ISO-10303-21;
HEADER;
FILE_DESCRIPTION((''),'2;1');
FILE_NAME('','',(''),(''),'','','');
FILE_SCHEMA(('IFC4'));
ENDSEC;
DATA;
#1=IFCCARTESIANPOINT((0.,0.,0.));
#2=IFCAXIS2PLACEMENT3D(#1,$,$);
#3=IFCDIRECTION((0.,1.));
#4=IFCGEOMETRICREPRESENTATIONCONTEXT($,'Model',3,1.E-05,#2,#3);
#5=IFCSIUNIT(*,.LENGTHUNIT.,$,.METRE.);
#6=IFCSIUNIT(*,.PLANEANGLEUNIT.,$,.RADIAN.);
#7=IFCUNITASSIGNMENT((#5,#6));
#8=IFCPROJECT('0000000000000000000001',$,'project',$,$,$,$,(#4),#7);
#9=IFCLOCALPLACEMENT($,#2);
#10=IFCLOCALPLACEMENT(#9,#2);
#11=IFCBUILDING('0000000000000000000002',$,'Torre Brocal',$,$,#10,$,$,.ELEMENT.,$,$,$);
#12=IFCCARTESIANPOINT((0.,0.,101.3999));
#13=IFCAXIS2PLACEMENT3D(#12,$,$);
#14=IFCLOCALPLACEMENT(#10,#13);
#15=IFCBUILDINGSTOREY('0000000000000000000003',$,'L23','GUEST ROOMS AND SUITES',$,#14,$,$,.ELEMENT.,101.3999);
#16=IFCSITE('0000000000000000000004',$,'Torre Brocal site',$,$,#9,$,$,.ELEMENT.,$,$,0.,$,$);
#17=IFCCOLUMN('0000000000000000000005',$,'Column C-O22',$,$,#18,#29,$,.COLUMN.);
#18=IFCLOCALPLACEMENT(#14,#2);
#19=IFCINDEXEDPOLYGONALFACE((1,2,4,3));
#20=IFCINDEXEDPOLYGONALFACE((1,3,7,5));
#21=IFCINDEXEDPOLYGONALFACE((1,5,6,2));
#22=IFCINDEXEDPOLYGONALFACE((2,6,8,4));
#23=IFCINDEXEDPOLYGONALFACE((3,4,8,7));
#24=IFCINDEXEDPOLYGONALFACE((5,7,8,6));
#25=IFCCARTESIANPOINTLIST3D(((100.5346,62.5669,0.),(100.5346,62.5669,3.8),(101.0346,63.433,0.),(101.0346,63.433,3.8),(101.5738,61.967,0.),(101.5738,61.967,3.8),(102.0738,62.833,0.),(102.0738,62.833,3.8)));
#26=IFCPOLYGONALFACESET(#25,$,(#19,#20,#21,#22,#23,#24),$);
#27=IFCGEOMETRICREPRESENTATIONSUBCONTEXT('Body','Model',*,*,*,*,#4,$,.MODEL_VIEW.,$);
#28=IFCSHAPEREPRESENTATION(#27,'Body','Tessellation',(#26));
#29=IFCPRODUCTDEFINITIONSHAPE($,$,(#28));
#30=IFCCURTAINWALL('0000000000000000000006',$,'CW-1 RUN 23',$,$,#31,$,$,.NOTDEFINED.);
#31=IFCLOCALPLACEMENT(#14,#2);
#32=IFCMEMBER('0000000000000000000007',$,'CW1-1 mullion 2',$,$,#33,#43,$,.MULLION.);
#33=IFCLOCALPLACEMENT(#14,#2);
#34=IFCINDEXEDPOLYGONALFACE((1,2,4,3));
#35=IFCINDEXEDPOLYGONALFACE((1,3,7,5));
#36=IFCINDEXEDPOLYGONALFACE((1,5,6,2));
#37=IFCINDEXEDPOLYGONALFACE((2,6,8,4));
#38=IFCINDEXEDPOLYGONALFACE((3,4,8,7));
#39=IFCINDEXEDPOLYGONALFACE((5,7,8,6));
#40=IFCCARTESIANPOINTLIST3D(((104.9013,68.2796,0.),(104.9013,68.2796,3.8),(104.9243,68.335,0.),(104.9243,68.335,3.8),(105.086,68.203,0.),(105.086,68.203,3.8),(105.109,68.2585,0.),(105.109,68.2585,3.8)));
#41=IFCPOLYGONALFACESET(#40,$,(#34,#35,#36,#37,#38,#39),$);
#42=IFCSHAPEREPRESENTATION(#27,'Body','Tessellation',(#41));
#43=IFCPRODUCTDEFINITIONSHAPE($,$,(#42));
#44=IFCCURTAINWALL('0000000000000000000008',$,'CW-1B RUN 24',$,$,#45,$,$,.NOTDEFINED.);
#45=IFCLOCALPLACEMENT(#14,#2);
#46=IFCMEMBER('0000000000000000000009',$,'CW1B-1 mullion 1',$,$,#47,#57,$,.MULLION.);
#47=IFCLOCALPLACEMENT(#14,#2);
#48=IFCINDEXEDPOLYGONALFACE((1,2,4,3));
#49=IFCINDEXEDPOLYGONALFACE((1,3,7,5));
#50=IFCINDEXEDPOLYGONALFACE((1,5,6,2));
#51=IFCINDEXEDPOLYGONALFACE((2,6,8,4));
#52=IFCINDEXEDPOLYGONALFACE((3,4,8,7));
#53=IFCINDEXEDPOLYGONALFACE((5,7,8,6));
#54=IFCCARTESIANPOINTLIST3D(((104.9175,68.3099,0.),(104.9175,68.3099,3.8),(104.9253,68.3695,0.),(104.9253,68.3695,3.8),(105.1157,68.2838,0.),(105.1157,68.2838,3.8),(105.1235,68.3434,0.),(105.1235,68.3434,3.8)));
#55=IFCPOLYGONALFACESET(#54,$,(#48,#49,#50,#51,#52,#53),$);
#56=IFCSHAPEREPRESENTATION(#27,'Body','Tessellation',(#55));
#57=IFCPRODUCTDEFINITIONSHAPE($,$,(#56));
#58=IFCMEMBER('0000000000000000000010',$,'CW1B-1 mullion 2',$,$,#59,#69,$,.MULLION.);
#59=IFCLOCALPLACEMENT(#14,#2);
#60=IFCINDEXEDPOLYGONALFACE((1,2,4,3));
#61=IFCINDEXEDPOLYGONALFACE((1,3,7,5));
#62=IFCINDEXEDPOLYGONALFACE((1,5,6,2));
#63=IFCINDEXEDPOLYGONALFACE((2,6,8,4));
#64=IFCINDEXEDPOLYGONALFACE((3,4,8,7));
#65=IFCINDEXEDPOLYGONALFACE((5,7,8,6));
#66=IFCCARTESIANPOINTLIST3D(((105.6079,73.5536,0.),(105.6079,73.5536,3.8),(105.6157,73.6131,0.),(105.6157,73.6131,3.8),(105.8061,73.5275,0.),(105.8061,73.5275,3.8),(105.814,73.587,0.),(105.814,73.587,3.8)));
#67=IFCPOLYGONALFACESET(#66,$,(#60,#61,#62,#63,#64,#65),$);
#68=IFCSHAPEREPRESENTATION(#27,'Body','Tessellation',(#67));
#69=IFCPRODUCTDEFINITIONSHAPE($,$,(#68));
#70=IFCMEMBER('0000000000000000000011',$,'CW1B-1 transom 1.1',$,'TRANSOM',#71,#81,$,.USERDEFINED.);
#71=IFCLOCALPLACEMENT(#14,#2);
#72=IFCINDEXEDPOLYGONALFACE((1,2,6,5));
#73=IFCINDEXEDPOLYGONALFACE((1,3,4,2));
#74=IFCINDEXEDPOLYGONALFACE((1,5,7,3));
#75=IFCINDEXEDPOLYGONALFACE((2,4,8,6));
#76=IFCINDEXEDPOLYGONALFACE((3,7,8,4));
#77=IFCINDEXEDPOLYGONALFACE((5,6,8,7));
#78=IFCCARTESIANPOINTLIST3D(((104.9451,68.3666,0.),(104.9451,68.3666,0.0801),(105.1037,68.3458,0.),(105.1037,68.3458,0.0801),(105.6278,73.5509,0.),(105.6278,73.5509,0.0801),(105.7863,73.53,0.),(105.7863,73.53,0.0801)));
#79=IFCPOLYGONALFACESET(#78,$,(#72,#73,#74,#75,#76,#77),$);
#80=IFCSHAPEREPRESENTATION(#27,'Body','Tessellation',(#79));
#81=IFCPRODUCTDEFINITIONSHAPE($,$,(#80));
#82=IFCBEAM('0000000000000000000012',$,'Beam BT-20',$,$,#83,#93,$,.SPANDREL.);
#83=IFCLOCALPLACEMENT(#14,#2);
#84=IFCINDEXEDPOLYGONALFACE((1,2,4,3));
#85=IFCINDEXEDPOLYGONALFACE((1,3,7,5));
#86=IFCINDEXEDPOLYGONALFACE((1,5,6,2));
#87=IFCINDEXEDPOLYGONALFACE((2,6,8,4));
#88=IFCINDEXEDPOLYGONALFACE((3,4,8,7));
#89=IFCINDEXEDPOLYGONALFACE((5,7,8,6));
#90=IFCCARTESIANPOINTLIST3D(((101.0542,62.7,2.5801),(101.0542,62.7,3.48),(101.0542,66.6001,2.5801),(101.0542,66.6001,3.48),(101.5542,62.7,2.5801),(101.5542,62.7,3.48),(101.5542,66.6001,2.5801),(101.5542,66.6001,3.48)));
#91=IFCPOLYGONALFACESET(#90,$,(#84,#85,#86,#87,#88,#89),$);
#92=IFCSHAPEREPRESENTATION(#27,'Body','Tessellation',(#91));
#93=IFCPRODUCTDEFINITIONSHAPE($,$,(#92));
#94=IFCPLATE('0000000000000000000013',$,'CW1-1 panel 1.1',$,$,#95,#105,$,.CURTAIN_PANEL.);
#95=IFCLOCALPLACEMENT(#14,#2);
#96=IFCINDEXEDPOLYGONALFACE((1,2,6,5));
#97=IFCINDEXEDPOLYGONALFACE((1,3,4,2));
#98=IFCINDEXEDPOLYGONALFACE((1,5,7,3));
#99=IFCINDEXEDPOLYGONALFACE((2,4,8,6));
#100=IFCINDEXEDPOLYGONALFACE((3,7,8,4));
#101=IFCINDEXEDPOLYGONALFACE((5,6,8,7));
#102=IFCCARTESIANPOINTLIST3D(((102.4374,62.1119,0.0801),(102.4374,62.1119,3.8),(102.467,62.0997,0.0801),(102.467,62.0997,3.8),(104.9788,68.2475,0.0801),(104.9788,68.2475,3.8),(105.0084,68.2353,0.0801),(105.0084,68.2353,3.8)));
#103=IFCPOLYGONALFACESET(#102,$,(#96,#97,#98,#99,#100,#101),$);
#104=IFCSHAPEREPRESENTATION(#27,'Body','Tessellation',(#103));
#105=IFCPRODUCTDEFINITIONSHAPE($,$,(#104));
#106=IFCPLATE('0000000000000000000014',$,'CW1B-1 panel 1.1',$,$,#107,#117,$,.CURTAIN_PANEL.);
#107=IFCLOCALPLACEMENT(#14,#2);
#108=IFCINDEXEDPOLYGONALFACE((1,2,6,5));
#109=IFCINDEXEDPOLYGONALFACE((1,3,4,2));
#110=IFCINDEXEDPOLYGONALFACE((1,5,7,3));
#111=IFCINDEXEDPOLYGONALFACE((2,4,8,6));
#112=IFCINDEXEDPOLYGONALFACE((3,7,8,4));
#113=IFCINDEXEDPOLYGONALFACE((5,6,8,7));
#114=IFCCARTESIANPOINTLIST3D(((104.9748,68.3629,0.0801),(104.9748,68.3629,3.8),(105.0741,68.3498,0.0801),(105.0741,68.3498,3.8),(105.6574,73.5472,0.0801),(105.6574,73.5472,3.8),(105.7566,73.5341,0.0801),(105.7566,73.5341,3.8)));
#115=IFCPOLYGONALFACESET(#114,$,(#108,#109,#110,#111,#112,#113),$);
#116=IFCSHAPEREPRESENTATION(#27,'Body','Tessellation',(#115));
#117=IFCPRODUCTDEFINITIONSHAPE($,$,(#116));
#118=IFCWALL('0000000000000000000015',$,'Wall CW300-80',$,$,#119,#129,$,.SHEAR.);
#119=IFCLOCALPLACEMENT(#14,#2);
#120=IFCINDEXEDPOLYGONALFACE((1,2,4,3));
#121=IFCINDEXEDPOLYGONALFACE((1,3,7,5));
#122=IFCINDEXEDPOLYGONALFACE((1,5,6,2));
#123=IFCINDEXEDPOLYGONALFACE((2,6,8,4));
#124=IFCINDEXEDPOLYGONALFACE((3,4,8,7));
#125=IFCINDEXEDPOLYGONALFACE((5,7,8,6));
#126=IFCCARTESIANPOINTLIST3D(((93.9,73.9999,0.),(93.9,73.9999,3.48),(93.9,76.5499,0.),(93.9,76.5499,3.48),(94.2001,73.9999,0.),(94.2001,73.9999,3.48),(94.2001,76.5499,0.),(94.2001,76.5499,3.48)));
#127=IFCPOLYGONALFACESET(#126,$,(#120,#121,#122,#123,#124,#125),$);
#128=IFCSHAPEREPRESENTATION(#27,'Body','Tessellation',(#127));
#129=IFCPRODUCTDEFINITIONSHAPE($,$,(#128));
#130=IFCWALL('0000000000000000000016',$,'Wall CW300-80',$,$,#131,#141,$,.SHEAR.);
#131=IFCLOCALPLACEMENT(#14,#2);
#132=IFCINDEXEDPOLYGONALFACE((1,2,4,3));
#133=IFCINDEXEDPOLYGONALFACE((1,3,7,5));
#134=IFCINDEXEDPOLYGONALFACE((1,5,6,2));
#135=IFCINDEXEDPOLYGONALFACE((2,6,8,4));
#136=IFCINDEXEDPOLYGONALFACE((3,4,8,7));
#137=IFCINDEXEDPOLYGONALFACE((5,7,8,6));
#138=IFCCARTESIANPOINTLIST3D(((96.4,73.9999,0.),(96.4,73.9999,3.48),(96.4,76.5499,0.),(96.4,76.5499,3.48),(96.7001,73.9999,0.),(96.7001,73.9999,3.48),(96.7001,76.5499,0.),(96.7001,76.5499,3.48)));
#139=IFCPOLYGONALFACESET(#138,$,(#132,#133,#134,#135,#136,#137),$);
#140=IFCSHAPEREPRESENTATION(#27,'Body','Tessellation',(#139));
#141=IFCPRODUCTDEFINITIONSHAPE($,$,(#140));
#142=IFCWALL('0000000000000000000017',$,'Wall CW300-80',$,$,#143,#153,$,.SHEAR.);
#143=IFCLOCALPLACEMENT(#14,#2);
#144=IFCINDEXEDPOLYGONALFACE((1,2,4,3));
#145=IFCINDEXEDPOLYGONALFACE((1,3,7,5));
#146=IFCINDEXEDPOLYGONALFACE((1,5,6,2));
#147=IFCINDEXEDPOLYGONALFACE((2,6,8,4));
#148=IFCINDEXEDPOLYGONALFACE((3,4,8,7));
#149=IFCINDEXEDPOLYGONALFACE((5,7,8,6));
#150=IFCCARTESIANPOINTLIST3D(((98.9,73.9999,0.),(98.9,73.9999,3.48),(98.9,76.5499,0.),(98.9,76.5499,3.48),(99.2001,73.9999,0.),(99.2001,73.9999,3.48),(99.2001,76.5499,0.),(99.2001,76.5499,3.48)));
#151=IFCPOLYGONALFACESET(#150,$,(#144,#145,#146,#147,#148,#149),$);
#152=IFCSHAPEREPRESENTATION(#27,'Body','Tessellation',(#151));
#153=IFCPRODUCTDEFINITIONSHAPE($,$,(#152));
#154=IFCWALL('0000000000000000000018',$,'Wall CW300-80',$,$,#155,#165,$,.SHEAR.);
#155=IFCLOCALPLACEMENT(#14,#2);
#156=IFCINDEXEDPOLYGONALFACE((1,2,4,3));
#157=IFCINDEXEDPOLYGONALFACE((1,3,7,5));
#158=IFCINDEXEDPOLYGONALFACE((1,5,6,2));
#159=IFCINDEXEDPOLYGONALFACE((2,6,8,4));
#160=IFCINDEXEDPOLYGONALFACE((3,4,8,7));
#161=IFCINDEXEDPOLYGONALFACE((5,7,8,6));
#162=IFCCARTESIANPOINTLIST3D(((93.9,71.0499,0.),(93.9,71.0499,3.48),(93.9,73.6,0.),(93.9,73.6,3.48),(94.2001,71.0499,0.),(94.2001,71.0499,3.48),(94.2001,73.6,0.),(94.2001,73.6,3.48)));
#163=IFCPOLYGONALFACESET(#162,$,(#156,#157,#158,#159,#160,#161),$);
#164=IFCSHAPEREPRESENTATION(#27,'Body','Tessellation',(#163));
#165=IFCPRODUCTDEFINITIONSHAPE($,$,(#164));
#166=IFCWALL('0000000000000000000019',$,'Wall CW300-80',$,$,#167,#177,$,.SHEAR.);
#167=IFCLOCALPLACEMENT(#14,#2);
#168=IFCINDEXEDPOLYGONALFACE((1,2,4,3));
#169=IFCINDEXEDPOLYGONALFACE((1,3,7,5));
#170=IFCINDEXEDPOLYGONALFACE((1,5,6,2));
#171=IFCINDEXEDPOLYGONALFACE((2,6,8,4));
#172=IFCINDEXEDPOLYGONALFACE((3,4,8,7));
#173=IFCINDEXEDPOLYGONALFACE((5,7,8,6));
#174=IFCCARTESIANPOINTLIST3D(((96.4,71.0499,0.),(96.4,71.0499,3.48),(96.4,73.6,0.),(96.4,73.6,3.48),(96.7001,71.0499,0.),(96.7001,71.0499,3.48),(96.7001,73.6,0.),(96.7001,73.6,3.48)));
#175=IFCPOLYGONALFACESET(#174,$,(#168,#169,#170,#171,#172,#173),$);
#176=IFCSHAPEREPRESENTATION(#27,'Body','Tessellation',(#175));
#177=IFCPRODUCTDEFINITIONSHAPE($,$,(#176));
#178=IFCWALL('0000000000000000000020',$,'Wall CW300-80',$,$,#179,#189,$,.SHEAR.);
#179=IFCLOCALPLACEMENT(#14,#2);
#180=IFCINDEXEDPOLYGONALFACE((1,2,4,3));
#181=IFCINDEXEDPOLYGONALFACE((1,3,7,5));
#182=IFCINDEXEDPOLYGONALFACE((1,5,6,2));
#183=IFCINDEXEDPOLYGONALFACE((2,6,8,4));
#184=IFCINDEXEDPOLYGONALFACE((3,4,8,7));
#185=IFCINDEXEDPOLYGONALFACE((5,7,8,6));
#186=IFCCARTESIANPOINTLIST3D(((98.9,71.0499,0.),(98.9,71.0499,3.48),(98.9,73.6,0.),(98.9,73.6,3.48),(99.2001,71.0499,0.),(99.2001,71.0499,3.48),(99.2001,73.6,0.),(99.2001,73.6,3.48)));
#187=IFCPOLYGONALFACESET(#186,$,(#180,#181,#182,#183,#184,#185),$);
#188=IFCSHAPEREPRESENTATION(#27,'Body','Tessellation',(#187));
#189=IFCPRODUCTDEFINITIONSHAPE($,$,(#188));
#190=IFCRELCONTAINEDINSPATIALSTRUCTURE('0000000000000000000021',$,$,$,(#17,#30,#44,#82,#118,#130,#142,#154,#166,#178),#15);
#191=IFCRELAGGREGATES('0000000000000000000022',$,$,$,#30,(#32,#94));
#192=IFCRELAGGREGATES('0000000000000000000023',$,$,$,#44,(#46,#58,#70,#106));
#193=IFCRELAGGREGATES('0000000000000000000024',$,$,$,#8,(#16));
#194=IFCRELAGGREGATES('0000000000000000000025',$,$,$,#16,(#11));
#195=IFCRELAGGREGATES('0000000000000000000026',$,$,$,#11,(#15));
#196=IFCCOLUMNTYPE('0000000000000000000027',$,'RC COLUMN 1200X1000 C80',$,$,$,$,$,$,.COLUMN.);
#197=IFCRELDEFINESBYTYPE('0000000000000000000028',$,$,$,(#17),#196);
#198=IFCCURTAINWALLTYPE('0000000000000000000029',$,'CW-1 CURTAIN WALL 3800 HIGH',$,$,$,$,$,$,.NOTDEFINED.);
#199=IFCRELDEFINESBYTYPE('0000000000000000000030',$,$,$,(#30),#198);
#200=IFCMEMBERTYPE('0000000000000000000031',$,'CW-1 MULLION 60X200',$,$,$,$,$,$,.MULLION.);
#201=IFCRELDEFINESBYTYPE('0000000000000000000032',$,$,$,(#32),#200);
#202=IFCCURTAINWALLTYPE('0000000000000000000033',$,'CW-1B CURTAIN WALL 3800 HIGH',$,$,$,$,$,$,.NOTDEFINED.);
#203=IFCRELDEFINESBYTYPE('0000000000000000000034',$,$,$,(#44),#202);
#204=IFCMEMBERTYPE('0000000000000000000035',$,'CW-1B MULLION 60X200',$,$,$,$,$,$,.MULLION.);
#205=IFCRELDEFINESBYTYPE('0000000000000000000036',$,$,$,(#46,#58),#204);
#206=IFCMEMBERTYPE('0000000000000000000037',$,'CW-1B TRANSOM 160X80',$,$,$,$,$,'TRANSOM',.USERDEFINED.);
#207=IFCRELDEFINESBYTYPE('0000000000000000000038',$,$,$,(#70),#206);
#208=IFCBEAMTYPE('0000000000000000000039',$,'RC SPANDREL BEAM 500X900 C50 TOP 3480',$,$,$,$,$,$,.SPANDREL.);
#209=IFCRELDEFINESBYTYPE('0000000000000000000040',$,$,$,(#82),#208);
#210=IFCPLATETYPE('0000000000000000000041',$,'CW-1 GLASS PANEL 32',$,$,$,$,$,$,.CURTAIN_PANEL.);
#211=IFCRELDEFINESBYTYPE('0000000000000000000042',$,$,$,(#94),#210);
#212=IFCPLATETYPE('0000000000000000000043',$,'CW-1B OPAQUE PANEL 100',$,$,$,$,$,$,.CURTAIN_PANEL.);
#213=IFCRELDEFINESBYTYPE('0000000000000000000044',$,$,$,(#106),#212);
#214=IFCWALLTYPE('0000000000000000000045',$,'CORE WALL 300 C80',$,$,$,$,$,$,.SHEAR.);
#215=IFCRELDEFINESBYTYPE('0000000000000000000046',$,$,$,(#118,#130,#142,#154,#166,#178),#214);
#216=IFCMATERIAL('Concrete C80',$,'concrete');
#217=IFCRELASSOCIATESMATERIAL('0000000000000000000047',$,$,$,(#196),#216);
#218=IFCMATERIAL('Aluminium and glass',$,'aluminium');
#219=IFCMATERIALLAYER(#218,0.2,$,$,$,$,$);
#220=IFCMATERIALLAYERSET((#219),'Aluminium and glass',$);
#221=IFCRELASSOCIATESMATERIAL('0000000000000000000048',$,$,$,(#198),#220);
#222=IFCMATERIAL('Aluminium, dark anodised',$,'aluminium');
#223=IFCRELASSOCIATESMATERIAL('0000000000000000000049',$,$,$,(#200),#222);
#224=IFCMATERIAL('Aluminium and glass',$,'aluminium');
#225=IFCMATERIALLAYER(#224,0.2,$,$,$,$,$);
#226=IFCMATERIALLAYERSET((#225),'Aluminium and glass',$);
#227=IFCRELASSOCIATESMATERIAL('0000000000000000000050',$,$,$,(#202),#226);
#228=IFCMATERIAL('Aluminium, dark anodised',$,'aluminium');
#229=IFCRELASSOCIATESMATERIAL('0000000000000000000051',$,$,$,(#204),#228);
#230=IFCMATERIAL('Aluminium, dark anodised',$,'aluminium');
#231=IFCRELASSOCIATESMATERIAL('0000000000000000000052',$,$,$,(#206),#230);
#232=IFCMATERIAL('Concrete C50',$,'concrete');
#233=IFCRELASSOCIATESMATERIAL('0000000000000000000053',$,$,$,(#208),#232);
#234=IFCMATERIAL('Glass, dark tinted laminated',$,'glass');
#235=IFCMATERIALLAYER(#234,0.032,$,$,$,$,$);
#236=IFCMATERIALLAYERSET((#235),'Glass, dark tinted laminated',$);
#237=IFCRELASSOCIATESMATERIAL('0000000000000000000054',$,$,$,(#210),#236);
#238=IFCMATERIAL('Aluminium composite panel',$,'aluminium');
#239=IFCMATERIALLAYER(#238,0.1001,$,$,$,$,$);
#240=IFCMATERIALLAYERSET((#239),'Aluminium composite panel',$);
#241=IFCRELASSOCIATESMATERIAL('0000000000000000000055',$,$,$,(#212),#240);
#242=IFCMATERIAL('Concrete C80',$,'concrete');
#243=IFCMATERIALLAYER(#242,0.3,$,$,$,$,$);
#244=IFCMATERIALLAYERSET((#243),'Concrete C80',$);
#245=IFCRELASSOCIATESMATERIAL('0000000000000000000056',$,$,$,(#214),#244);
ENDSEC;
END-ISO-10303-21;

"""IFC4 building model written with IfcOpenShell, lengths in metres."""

from ifc_helpers import new_model, si_unit, direction, frame, frame_2d, origin, origin_2d, place, context, subcontext, project, spatial, rectangle, extrude, material, layer, layer_set, material_profile, profile_set, type_object, element, aggregate, save


model = new_model("IFC4")

# Units and contexts
model_context = context("Model", 3, precision=1e-05, world=origin(), true_north=direction((0.0, 1.0)))
body_context = subcontext(model_context, "Body", "Model", "MODEL_VIEW")
ifc_project = project(units=[si_unit("LENGTHUNIT", "METRE"), si_unit("PLANEANGLEUNIT", "RADIAN")], contexts=[model_context])

# Site, building, storey
site_placement = place(None, origin())
site = spatial("IfcSite", under=ifc_project, at=site_placement, Name="Torre Brocal site", CompositionType="ELEMENT", RefElevation=0.0)
building_placement = place(site_placement, origin())
building = spatial("IfcBuilding", under=site, at=building_placement, Name="Torre Brocal", CompositionType="ELEMENT")
storey_placement = place(building_placement, frame((0.0, 0.0, 101.3999)))
storey = spatial("IfcBuildingStorey", under=building, at=storey_placement, Name="L23", Description="GUEST ROOMS AND SUITES", CompositionType="ELEMENT", Elevation=101.3999)

# Column
ifc_material_1 = material(Name="Concrete C80", Category="concrete")
ifc_material_profile_1 = material_profile(ifc_material_1, rectangle(XDim=1.2, YDim=1.0, at=origin_2d()), Name="RC 1200X1000")
ifc_profile_set_1 = profile_set([ifc_material_profile_1], Name="Concrete C80")
column_type = type_object("IfcColumnType", Name="RC COLUMN 1200X1000 C80", PredefinedType="COLUMN", material=ifc_profile_set_1)
column_placement = place(storey_placement, frame((101.3042, 62.7, 0.0), z_axis=(0.0, 0.0, 1.0), x_axis=(0.866025, -0.5, 0.0)))
element("IfcColumn", 1, at=column_placement, inside=storey, type_object=column_type, Name="Column C-O22", PredefinedType="COLUMN", context=body_context, shape_type="SweptSolid", body=[
    extrude(rectangle(XDim=1.2, YDim=1.0, at=origin_2d()), origin(), (0.0, 0.0, 1.0), 3.8),
])

# Curtain wall, member
ifc_material_2 = material(Name="Aluminium and glass", Category="aluminium")
ifc_layer_1 = layer(ifc_material_2, 0.2)
ifc_layer_set_1 = layer_set([ifc_layer_1], Name="Aluminium and glass")
curtain_wall_type_1 = type_object("IfcCurtainWallType", Name="CW-1 CURTAIN WALL 3800 HIGH", PredefinedType="NOTDEFINED", material=ifc_layer_set_1)
curtain_wall_1_placement = place(storey_placement, origin())
curtain_wall_1 = element("IfcCurtainWall", 2, at=curtain_wall_1_placement, inside=storey, type_object=curtain_wall_type_1, Name="CW-1 RUN 23", PredefinedType="NOTDEFINED")
ifc_material_3 = material(Name="Aluminium, dark anodised", Category="aluminium")
ifc_material_profile_2 = material_profile(ifc_material_3, rectangle(XDim=0.2, YDim=0.0601, at=origin_2d()), Name="CW-1 MULLION 60X200")
ifc_profile_set_2 = profile_set([ifc_material_profile_2], Name="Aluminium, dark anodised")
member_type_1 = type_object("IfcMemberType", Name="CW-1 MULLION 60X200", PredefinedType="MULLION", material=ifc_profile_set_2)
member_1_placement = place(storey_placement, frame((105.0051, 68.269, 0.0), z_axis=(0.0, 0.0, 1.0), x_axis=(-0.92388, 0.382683, 0.0)))
member_1 = element("IfcMember", 3, at=member_1_placement, type_object=member_type_1, Name="CW1-1 mullion 2", PredefinedType="MULLION", context=body_context, shape_type="SweptSolid", body=[
    extrude(rectangle(XDim=0.2, YDim=0.0601, at=origin_2d()), origin(), (0.0, 0.0, 1.0), 3.8),
])

# Curtain wall, members
ifc_material_4 = material(Name="Aluminium and glass", Category="aluminium")
ifc_layer_2 = layer(ifc_material_4, 0.2)
ifc_layer_set_2 = layer_set([ifc_layer_2], Name="Aluminium and glass")
curtain_wall_type_2 = type_object("IfcCurtainWallType", Name="CW-1B CURTAIN WALL 3800 HIGH", PredefinedType="NOTDEFINED", material=ifc_layer_set_2)
curtain_wall_2_placement = place(storey_placement, origin())
curtain_wall_2 = element("IfcCurtainWall", 4, at=curtain_wall_2_placement, inside=storey, type_object=curtain_wall_type_2, Name="CW-1B RUN 24", PredefinedType="NOTDEFINED")
ifc_material_5 = material(Name="Aluminium, dark anodised", Category="aluminium")
ifc_material_profile_3 = material_profile(ifc_material_5, rectangle(XDim=0.2, YDim=0.0601, at=origin_2d()), Name="CW-1B MULLION 60X200")
ifc_profile_set_3 = profile_set([ifc_material_profile_3], Name="Aluminium, dark anodised")
member_type_2 = type_object("IfcMemberType", Name="CW-1B MULLION 60X200", PredefinedType="MULLION", material=ifc_profile_set_3)
member_2_placement = place(storey_placement, frame((105.0205, 68.3267, 0.0), z_axis=(0.0, 0.0, 1.0), x_axis=(-0.991445, 0.130526, 0.0)))
member_2 = element("IfcMember", 5, at=member_2_placement, type_object=member_type_2, Name="CW1B-1 mullion 1", PredefinedType="MULLION", context=body_context, shape_type="SweptSolid", body=[
    extrude(rectangle(XDim=0.2, YDim=0.0601, at=origin_2d()), origin(), (0.0, 0.0, 1.0), 3.8),
])
member_3_placement = place(storey_placement, frame((105.7109, 73.5703, 0.0), z_axis=(0.0, 0.0, 1.0), x_axis=(-0.991445, 0.130526, 0.0)))
member_3 = element("IfcMember", 6, at=member_3_placement, type_object=member_type_2, Name="CW1B-1 mullion 2", PredefinedType="MULLION", context=body_context, shape_type="SweptSolid", body=[
    extrude(rectangle(XDim=0.2, YDim=0.0601, at=origin_2d()), origin(), (0.0, 0.0, 1.0), 3.8),
])
ifc_material_6 = material(Name="Aluminium, dark anodised", Category="aluminium")
ifc_material_profile_4 = material_profile(ifc_material_6, rectangle(XDim=0.1599, YDim=0.0801, at=origin_2d()), Name="CW-1B TRANSOM 160X80")
ifc_profile_set_4 = profile_set([ifc_material_profile_4], Name="Aluminium, dark anodised")
member_type_3 = type_object("IfcMemberType", Name="CW-1B TRANSOM 160X80", ElementType="TRANSOM", PredefinedType="USERDEFINED", material=ifc_profile_set_4)
member_4_placement = place(storey_placement, frame((105.0244, 68.3562, 0.04), z_axis=(0.130543, 0.991443, 0.0), x_axis=(-0.991443, 0.130543, 0.0)))
member_4 = element("IfcMember", 7, at=member_4_placement, type_object=member_type_3, Name="CW1B-1 transom 1.1", ObjectType="TRANSOM", PredefinedType="USERDEFINED", context=body_context, shape_type="SweptSolid", body=[
    extrude(rectangle(XDim=0.1599, YDim=0.0801, at=origin_2d()), origin(), (0.0, 0.0, 1.0), 5.229),
])

# Beam
ifc_material_7 = material(Name="Concrete C50", Category="concrete")
ifc_material_profile_5 = material_profile(ifc_material_7, rectangle(XDim=0.5, YDim=0.8999, at=origin_2d()), Name="RC 500X900")
ifc_profile_set_5 = profile_set([ifc_material_profile_5], Name="Concrete C50")
beam_type = type_object("IfcBeamType", Name="RC SPANDREL BEAM 500X900 C50 TOP 3480", PredefinedType="SPANDREL", material=ifc_profile_set_5)
beam_placement = place(storey_placement, frame((101.3042, 62.7, 3.03), z_axis=(0.0, 1.0, 0.0), x_axis=(-1.0, 0.0, 0.0)))
element("IfcBeam", 8, at=beam_placement, inside=storey, type_object=beam_type, Name="Beam BT-20", PredefinedType="SPANDREL", context=body_context, shape_type="SweptSolid", body=[
    extrude(rectangle(XDim=0.5, YDim=0.8999, at=origin_2d()), origin(), (0.0, 0.0, 1.0), 3.9001),
])

# Plates
ifc_material_8 = material(Name="Glass, dark tinted laminated", Category="glass")
ifc_layer_3 = layer(ifc_material_8, 0.032)
ifc_layer_set_3 = layer_set([ifc_layer_3], Name="Glass, dark tinted laminated")
plate_type_1 = type_object("IfcPlateType", Name="CW-1 GLASS PANEL 32", PredefinedType="CURTAIN_PANEL", material=ifc_layer_set_3)
plate_1_placement = place(storey_placement, frame((103.7229, 65.1736, 0.0801), z_axis=(0.0, 0.0, 1.0), x_axis=(0.382683, 0.92388, 0.0)))
plate_1 = element("IfcPlate", 9, at=plate_1_placement, type_object=plate_type_1, Name="CW1-1 panel 1.1", PredefinedType="CURTAIN_PANEL", context=body_context, shape_type="SweptSolid", body=[
    extrude(rectangle(XDim=6.6411, YDim=0.032, at=origin_2d()), origin(), (0.0, 0.0, 1.0), 3.72),
])
aggregate(curtain_wall_1, [member_1, plate_1])
ifc_material_9 = material(Name="Aluminium composite panel", Category="aluminium")
ifc_layer_4 = layer(ifc_material_9, 0.1001)
ifc_layer_set_4 = layer_set([ifc_layer_4], Name="Aluminium composite panel")
plate_type_2 = type_object("IfcPlateType", Name="CW-1B OPAQUE PANEL 100", PredefinedType="CURTAIN_PANEL", material=ifc_layer_set_4)
plate_2_placement = place(storey_placement, frame((105.3657, 70.9485, 0.0801), z_axis=(0.0, 0.0, 1.0), x_axis=(0.130526, 0.991445, 0.0)))
plate_2 = element("IfcPlate", 10, at=plate_2_placement, type_object=plate_type_2, Name="CW1B-1 panel 1.1", PredefinedType="CURTAIN_PANEL", context=body_context, shape_type="SweptSolid", body=[
    extrude(rectangle(XDim=5.229, YDim=0.1001, at=origin_2d()), origin(), (0.0, 0.0, 1.0), 3.72),
])
aggregate(curtain_wall_2, [member_2, member_3, member_4, plate_2])

# Walls
ifc_material_10 = material(Name="Concrete C80", Category="concrete")
ifc_layer_5 = layer(ifc_material_10, 0.3)
ifc_layer_set_5 = layer_set([ifc_layer_5], Name="Concrete C80")
wall_type_1 = type_object("IfcWallType", Name="CORE WALL 300 C80", PredefinedType="SHEAR", material=ifc_layer_set_5)
for number, where, z_axis, x_axis, name in (
    (11, (94.05, 74.0, 0.0), (0.0, 0.0, 1.0), (0.0, 1.0, 0.0), "Wall CW300-80"),
    (12, (96.55, 74.0, 0.0), (0.0, 0.0, 1.0), (0.0, 1.0, 0.0), "Wall CW300-80"),
    (13, (99.05, 74.0, 0.0), (0.0, 0.0, 1.0), (0.0, 1.0, 0.0), "Wall CW300-80"),
    (14, (94.05, 71.05, 0.0), (0.0, 0.0, 1.0), (0.0, 1.0, 0.0), "Wall CW300-80"),
    (15, (96.55, 71.05, 0.0), (0.0, 0.0, 1.0), (0.0, 1.0, 0.0), "Wall CW300-80"),
    (16, (99.05, 71.05, 0.0), (0.0, 0.0, 1.0), (0.0, 1.0, 0.0), "Wall CW300-80"),
):
    element("IfcWall", number, at=place(storey_placement, frame(where, z_axis=z_axis, x_axis=x_axis)), inside=storey, type_object=wall_type_1, Name=name, PredefinedType="SHEAR", context=body_context, shape_type="SweptSolid", body=[
        extrude(rectangle(XDim=2.55, YDim=0.3, at=frame_2d((1.2749, 0.0))), origin(), (0.0, 0.0, 1.0), 3.48),
    ])

save(model, "model.ifc")
